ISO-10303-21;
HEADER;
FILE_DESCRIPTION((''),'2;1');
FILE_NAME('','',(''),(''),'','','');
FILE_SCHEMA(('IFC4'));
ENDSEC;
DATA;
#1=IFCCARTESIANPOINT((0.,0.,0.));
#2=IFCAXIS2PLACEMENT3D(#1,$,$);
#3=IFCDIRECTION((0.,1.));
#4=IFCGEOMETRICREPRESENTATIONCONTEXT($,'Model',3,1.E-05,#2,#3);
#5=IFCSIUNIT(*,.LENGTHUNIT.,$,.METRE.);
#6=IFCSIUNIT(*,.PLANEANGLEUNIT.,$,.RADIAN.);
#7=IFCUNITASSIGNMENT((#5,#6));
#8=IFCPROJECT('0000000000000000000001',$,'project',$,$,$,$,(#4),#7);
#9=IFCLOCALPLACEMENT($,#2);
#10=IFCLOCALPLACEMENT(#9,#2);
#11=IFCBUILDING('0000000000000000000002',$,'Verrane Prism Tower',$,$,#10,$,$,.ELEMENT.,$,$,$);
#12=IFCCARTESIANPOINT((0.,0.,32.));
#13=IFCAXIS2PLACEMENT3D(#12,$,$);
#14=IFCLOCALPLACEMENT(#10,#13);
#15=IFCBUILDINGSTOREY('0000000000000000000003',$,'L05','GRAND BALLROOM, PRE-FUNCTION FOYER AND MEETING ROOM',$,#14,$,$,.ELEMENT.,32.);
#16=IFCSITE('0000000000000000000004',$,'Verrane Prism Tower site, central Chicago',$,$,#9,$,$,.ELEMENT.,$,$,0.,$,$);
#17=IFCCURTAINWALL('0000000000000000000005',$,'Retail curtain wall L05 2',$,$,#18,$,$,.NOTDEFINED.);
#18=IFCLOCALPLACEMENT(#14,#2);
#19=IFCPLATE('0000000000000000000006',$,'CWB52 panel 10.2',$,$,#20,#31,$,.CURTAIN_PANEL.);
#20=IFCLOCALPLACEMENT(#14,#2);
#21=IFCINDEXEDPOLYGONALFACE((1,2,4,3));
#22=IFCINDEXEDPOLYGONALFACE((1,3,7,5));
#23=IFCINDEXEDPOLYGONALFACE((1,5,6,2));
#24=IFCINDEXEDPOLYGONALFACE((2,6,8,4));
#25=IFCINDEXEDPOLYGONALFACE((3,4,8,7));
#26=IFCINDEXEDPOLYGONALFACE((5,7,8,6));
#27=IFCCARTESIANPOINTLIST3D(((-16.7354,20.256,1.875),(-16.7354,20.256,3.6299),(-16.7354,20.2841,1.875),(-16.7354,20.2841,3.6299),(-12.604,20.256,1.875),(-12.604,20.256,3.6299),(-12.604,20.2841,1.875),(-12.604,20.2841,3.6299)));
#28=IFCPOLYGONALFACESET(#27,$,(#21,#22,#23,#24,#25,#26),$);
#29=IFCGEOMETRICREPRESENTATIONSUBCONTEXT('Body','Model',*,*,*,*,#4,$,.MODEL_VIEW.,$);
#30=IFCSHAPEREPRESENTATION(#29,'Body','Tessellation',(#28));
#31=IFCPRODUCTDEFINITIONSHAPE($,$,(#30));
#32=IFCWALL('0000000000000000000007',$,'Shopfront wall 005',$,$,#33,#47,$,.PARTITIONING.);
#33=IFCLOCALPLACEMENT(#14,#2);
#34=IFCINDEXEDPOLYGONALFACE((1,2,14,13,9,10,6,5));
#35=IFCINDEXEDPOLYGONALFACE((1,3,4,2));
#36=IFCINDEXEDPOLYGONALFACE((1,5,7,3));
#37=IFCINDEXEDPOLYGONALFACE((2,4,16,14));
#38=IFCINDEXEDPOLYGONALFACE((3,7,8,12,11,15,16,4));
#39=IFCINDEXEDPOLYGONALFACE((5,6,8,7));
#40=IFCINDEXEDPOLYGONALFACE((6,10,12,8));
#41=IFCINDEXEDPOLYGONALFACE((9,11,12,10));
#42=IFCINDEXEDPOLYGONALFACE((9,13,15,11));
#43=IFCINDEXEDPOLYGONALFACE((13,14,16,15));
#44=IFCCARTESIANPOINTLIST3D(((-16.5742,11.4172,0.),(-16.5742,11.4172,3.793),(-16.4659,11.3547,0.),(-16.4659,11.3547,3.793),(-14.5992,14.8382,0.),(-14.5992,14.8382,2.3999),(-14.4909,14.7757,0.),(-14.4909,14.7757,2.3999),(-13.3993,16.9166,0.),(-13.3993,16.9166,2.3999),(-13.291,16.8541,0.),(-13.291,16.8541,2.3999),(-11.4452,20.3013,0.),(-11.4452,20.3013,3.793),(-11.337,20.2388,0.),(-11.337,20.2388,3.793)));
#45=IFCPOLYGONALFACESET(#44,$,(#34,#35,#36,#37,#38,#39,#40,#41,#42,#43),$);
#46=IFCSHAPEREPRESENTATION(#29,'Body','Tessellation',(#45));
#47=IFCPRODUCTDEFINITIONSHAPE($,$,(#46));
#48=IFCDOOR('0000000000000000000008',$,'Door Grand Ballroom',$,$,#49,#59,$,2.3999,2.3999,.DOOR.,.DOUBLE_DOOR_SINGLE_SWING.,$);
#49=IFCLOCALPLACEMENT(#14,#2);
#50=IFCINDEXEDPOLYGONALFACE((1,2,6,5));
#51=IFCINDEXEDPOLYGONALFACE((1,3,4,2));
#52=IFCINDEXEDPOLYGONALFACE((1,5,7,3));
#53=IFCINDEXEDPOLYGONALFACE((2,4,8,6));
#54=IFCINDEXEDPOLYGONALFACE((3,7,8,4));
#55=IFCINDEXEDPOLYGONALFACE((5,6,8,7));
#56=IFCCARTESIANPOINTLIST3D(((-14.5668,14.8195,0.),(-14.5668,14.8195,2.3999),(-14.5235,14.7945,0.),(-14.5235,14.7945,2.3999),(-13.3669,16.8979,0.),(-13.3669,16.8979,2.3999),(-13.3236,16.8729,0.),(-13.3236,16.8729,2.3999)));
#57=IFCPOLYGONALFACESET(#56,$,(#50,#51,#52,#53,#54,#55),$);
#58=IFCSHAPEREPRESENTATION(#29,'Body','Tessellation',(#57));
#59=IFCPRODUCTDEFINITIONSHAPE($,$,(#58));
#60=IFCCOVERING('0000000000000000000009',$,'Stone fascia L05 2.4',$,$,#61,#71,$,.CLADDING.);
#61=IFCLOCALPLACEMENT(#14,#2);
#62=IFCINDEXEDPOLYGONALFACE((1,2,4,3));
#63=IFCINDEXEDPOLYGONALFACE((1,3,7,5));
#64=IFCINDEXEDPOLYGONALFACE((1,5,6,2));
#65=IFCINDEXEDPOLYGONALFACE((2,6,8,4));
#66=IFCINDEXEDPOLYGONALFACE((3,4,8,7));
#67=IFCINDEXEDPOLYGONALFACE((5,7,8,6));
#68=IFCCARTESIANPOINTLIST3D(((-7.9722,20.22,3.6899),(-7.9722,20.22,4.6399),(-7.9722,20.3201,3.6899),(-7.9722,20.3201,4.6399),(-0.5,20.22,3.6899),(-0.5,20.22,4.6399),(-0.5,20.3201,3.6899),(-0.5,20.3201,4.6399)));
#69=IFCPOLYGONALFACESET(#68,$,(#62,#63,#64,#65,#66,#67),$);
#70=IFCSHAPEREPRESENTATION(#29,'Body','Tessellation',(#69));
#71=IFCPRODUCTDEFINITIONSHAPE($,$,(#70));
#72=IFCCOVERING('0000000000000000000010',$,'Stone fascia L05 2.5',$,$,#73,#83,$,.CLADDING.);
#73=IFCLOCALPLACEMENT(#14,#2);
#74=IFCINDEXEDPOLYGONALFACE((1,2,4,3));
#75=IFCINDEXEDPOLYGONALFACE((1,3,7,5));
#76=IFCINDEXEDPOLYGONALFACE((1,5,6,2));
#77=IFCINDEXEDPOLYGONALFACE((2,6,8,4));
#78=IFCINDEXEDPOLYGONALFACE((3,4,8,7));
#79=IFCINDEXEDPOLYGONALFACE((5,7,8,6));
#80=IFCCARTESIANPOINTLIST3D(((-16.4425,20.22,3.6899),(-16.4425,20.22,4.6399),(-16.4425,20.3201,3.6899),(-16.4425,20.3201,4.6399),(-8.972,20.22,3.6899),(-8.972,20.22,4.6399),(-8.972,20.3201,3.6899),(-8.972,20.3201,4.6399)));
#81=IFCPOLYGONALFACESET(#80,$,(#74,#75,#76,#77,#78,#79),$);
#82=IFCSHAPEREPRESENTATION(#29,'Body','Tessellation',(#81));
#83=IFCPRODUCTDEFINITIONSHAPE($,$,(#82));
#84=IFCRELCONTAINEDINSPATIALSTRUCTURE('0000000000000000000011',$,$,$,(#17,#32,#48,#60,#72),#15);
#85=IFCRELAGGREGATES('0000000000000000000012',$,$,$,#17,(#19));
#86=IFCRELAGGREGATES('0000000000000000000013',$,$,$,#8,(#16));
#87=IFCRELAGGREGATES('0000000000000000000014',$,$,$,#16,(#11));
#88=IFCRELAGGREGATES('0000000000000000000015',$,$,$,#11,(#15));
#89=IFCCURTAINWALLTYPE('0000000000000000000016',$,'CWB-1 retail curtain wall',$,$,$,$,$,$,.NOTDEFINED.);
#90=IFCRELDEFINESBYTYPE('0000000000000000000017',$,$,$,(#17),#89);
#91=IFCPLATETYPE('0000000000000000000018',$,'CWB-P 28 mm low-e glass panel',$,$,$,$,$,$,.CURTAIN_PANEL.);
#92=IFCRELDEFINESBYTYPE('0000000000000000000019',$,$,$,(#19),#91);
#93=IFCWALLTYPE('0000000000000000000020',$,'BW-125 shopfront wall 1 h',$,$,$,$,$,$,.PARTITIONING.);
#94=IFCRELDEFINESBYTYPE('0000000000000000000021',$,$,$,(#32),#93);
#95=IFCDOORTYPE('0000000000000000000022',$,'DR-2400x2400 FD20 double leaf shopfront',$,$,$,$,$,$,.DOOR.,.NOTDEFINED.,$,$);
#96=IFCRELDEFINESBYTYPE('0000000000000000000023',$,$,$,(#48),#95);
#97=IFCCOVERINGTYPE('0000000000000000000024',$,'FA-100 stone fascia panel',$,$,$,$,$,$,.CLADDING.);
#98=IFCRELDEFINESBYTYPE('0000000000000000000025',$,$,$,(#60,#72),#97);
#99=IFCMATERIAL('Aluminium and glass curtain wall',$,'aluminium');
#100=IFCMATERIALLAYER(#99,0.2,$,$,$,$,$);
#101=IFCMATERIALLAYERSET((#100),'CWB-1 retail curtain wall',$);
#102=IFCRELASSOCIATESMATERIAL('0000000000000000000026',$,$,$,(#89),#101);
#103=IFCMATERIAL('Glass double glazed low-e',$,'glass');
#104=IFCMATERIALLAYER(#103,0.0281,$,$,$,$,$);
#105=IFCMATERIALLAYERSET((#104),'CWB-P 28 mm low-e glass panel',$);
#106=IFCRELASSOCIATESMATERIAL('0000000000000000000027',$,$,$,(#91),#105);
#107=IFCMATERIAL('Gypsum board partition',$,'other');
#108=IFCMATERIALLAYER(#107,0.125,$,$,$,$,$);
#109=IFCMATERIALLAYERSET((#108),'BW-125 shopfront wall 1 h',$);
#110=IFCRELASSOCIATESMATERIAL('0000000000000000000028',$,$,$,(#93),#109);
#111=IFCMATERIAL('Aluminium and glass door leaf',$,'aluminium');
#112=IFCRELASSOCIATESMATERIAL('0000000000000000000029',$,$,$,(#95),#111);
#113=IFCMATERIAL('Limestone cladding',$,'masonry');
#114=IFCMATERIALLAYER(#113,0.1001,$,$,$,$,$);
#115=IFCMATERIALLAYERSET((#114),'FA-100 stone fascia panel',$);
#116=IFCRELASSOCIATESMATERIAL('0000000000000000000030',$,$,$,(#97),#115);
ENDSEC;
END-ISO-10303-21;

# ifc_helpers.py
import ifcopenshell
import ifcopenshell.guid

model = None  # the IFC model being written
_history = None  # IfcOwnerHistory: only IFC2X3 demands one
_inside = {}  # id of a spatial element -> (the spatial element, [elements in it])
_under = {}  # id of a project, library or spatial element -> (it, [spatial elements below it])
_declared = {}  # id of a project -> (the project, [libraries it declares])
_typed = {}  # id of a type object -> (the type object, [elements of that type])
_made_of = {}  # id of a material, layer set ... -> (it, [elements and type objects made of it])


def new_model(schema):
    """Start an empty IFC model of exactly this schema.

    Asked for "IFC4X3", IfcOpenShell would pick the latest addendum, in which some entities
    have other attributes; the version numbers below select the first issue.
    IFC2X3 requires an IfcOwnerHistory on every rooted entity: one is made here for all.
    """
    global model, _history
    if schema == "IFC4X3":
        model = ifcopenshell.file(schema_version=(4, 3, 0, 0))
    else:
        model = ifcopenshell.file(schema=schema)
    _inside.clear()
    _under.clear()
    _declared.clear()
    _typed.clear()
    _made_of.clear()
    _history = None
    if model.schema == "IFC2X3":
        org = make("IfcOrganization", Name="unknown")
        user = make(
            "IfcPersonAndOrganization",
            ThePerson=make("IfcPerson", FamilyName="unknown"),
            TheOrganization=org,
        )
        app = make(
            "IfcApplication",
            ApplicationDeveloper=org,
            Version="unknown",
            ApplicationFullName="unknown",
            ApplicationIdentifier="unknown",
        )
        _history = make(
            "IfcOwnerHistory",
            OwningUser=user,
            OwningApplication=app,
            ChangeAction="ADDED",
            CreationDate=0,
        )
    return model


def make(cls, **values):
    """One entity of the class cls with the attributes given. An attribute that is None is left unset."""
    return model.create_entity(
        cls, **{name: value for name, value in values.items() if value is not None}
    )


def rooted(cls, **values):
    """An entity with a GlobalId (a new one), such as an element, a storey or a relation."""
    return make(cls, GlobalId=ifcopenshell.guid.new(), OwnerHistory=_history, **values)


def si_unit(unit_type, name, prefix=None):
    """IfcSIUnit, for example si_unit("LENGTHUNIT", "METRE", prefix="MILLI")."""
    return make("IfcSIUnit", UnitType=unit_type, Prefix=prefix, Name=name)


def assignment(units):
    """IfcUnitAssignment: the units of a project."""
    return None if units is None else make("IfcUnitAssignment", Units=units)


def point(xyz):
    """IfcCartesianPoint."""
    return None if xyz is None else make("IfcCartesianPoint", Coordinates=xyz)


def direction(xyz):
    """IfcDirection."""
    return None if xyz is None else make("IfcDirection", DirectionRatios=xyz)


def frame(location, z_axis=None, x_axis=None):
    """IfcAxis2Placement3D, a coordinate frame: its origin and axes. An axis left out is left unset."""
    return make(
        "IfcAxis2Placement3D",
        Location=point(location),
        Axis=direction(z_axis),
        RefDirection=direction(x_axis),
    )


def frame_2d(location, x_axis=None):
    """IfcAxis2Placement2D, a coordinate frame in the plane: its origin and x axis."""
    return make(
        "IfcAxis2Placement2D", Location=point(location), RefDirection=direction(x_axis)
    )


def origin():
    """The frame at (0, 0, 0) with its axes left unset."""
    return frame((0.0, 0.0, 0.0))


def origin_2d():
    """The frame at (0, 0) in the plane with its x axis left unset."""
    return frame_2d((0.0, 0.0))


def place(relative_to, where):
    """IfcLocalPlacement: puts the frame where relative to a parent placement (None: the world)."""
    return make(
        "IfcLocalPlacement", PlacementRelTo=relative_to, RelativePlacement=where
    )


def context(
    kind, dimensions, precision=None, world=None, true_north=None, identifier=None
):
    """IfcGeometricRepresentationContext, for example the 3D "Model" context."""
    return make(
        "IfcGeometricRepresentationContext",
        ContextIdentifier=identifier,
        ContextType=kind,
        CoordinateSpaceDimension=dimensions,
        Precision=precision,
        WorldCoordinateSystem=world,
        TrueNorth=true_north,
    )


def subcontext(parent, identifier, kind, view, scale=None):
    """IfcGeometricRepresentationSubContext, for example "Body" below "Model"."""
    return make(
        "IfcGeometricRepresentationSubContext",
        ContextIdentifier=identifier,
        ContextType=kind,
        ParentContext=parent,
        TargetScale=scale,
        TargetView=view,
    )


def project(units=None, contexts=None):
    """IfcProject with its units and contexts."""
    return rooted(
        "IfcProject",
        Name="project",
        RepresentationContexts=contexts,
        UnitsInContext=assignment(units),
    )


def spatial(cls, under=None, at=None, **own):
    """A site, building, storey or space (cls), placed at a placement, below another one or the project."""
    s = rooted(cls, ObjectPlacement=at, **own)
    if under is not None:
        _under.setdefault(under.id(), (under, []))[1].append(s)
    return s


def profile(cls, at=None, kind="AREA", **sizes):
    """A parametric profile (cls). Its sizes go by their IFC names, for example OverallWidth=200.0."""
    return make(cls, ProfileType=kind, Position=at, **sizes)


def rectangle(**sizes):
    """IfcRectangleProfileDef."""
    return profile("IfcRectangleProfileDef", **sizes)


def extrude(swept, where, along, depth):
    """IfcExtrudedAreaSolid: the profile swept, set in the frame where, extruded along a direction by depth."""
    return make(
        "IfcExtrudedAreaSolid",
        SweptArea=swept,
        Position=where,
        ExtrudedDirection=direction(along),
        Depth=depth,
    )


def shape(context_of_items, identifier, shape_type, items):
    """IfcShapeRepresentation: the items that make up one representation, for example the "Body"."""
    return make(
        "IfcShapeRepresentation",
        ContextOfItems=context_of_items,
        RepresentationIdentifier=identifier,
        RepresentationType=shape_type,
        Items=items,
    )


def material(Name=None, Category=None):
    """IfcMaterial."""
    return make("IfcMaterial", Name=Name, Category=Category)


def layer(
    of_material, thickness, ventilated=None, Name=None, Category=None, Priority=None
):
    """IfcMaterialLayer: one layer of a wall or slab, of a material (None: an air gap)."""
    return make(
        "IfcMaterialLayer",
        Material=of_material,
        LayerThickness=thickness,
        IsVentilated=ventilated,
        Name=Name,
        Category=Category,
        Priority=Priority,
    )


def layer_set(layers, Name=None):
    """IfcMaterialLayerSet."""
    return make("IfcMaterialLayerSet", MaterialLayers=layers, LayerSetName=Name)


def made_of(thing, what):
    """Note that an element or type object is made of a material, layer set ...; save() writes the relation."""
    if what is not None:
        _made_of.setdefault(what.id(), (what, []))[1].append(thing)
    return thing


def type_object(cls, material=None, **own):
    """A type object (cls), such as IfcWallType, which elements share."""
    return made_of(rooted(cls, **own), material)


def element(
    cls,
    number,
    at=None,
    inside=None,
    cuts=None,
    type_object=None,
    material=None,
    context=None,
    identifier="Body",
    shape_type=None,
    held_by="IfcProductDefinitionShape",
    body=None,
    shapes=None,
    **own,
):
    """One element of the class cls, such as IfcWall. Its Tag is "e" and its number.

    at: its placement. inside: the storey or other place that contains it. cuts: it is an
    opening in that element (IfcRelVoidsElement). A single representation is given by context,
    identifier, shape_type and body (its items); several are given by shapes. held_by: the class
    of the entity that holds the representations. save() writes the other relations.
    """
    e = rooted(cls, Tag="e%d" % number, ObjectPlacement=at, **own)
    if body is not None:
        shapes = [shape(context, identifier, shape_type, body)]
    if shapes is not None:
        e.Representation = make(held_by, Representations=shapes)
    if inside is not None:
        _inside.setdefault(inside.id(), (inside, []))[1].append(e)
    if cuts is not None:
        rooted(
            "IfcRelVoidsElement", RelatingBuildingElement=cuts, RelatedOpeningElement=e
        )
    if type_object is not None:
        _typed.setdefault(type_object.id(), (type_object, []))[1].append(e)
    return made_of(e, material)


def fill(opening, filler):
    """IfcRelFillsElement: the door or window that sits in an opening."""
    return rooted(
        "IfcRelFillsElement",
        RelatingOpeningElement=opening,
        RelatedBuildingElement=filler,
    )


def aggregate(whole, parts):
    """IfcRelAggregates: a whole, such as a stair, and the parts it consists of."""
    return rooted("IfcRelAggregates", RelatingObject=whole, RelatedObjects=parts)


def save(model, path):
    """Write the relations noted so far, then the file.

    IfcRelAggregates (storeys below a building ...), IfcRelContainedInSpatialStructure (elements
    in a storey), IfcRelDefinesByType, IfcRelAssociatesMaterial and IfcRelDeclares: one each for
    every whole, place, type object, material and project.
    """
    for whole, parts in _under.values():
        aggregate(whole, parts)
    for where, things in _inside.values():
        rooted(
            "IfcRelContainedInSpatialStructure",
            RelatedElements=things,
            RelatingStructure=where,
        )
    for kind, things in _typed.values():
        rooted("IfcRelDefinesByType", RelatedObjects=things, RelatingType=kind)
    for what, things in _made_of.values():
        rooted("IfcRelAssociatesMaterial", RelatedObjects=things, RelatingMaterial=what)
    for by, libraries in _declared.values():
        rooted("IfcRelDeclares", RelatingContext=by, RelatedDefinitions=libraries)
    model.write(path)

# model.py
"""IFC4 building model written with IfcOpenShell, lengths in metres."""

from ifc_helpers import new_model, si_unit, direction, frame, frame_2d, origin, origin_2d, place, context, subcontext, project, spatial, rectangle, extrude, material, layer, layer_set, type_object, element, fill, aggregate, save


model = new_model("IFC4")

# Units and contexts
model_context = context("Model", 3, precision=1e-05, world=origin(), true_north=direction((0.0, 1.0)))
body_context = subcontext(model_context, "Body", "Model", "MODEL_VIEW")
ifc_project = project(units=[si_unit("LENGTHUNIT", "METRE"), si_unit("PLANEANGLEUNIT", "RADIAN")], contexts=[model_context])

# Site, building, storey
site_placement = place(None, origin())
site = spatial("IfcSite", under=ifc_project, at=site_placement, Name="Verrane Prism Tower site, central Chicago", CompositionType="ELEMENT", RefElevation=0.0)
building_placement = place(site_placement, origin())
building = spatial("IfcBuilding", under=site, at=building_placement, Name="Verrane Prism Tower", CompositionType="ELEMENT")
storey_placement = place(building_placement, frame((0.0, 0.0, 32.0)))
storey = spatial("IfcBuildingStorey", under=building, at=storey_placement, Name="L05", Description="GRAND BALLROOM, PRE-FUNCTION FOYER AND MEETING ROOM", CompositionType="ELEMENT", Elevation=32.0)

# Curtain wall
ifc_material_1 = material(Name="Aluminium and glass curtain wall", Category="aluminium")
ifc_layer_1 = layer(ifc_material_1, 0.2)
ifc_layer_set_1 = layer_set([ifc_layer_1], Name="CWB-1 retail curtain wall")
curtain_wall_type = type_object("IfcCurtainWallType", Name="CWB-1 retail curtain wall", PredefinedType="NOTDEFINED", material=ifc_layer_set_1)
curtain_wall_placement = place(storey_placement, origin())
curtain_wall = element("IfcCurtainWall", 1, at=curtain_wall_placement, inside=storey, type_object=curtain_wall_type, Name="Retail curtain wall L05 2", PredefinedType="NOTDEFINED")

# Plate
ifc_material_2 = material(Name="Glass double glazed low-e", Category="glass")
ifc_layer_2 = layer(ifc_material_2, 0.0281)
ifc_layer_set_2 = layer_set([ifc_layer_2], Name="CWB-P 28 mm low-e glass panel")
plate_type = type_object("IfcPlateType", Name="CWB-P 28 mm low-e glass panel", PredefinedType="CURTAIN_PANEL", material=ifc_layer_set_2)
plate_1_placement = place(storey_placement, frame((-14.6697, 20.27, 1.875), z_axis=(0.0, 0.0, 1.0), x_axis=(-1.0, 0.0, 0.0)))
plate_1 = element("IfcPlate", 2, at=plate_1_placement, type_object=plate_type, Name="CWB52 panel 10.2", PredefinedType="CURTAIN_PANEL", context=body_context, shape_type="SweptSolid", body=[
    extrude(rectangle(XDim=4.1313, YDim=0.0281, at=origin_2d()), origin(), (0.0, 0.0, 1.0), 1.7549),
])
aggregate(curtain_wall, [plate_1])

# Wall, opening, door
ifc_material_3 = material(Name="Gypsum board partition", Category="other")
ifc_layer_3 = layer(ifc_material_3, 0.125)
ifc_layer_set_3 = layer_set([ifc_layer_3], Name="BW-125 shopfront wall 1 h")
wall_type = type_object("IfcWallType", Name="BW-125 shopfront wall 1 h", PredefinedType="PARTITIONING", material=ifc_layer_set_3)
wall_placement = place(storey_placement, frame((-11.3911, 20.27, 0.0), z_axis=(0.0, 0.0, 1.0), x_axis=(-0.499979, -0.866038, 0.0)))
wall = element("IfcWall", 3, at=wall_placement, inside=storey, type_object=wall_type, Name="Shopfront wall 005", PredefinedType="PARTITIONING", context=body_context, shape_type="SweptSolid", body=[
    extrude(rectangle(XDim=10.2583, YDim=0.125, at=frame_2d((5.1292, 0.0))), origin(), (0.0, 0.0, 1.0), 3.793),
])
opening_placement = place(wall_placement, frame((3.9082, 0.0, 0.0)))
opening = element("IfcOpeningElement", 4, at=opening_placement, cuts=wall, PredefinedType="OPENING", context=body_context, shape_type="SweptSolid", body=[
    extrude(rectangle(XDim=2.3999, YDim=2.3999, at=frame_2d((1.2, 1.2))), frame((0.0, 0.0725, 0.0), z_axis=(0.0, -1.0, 0.0), x_axis=(1.0, 0.0, 0.0)), (0.0, 0.0, 1.0), 0.145),
])
ifc_material_4 = material(Name="Aluminium and glass door leaf", Category="aluminium")
door_type = type_object("IfcDoorType", Name="DR-2400x2400 FD20 double leaf shopfront", OperationType="NOTDEFINED", PredefinedType="DOOR", material=ifc_material_4)
door_placement = place(opening_placement, origin())
door = element("IfcDoor", 5, at=door_placement, inside=storey, type_object=door_type, Name="Door Grand Ballroom", OperationType="DOUBLE_DOOR_SINGLE_SWING", OverallHeight=2.3999, OverallWidth=2.3999, PredefinedType="DOOR", context=body_context, shape_type="SweptSolid", body=[
    extrude(rectangle(XDim=2.3999, YDim=2.3999, at=frame_2d((1.2, 1.2))), frame((0.0, 0.0249, 0.0), z_axis=(0.0, -1.0, 0.0), x_axis=(1.0, 0.0, 0.0)), (0.0, 0.0, 1.0), 0.05),
])
fill(opening, door)

# Coverings
ifc_material_5 = material(Name="Limestone cladding", Category="masonry")
ifc_layer_4 = layer(ifc_material_5, 0.1001)
ifc_layer_set_4 = layer_set([ifc_layer_4], Name="FA-100 stone fascia panel")
covering_type = type_object("IfcCoveringType", Name="FA-100 stone fascia panel", PredefinedType="CLADDING", material=ifc_layer_set_4)
covering_1_placement = place(storey_placement, frame((-4.2361, 20.27, 3.6899), z_axis=(0.0, 0.0, 1.0), x_axis=(-1.0, 0.0, 0.0)))
element("IfcCovering", 6, at=covering_1_placement, inside=storey, type_object=covering_type, Name="Stone fascia L05 2.4", PredefinedType="CLADDING", context=body_context, shape_type="SweptSolid", body=[
    extrude(rectangle(XDim=7.4722, YDim=0.1001, at=origin_2d()), origin(), (0.0, 0.0, 1.0), 0.95),
])
covering_2_placement = place(storey_placement, frame((-12.7073, 20.27, 3.6899), z_axis=(0.0, 0.0, 1.0), x_axis=(-1.0, 0.0, 0.0)))
element("IfcCovering", 7, at=covering_2_placement, inside=storey, type_object=covering_type, Name="Stone fascia L05 2.5", PredefinedType="CLADDING", context=body_context, shape_type="SweptSolid", body=[
    extrude(rectangle(XDim=7.4705, YDim=0.1001, at=origin_2d()), origin(), (0.0, 0.0, 1.0), 0.95),
])

save(model, "model.ifc")
